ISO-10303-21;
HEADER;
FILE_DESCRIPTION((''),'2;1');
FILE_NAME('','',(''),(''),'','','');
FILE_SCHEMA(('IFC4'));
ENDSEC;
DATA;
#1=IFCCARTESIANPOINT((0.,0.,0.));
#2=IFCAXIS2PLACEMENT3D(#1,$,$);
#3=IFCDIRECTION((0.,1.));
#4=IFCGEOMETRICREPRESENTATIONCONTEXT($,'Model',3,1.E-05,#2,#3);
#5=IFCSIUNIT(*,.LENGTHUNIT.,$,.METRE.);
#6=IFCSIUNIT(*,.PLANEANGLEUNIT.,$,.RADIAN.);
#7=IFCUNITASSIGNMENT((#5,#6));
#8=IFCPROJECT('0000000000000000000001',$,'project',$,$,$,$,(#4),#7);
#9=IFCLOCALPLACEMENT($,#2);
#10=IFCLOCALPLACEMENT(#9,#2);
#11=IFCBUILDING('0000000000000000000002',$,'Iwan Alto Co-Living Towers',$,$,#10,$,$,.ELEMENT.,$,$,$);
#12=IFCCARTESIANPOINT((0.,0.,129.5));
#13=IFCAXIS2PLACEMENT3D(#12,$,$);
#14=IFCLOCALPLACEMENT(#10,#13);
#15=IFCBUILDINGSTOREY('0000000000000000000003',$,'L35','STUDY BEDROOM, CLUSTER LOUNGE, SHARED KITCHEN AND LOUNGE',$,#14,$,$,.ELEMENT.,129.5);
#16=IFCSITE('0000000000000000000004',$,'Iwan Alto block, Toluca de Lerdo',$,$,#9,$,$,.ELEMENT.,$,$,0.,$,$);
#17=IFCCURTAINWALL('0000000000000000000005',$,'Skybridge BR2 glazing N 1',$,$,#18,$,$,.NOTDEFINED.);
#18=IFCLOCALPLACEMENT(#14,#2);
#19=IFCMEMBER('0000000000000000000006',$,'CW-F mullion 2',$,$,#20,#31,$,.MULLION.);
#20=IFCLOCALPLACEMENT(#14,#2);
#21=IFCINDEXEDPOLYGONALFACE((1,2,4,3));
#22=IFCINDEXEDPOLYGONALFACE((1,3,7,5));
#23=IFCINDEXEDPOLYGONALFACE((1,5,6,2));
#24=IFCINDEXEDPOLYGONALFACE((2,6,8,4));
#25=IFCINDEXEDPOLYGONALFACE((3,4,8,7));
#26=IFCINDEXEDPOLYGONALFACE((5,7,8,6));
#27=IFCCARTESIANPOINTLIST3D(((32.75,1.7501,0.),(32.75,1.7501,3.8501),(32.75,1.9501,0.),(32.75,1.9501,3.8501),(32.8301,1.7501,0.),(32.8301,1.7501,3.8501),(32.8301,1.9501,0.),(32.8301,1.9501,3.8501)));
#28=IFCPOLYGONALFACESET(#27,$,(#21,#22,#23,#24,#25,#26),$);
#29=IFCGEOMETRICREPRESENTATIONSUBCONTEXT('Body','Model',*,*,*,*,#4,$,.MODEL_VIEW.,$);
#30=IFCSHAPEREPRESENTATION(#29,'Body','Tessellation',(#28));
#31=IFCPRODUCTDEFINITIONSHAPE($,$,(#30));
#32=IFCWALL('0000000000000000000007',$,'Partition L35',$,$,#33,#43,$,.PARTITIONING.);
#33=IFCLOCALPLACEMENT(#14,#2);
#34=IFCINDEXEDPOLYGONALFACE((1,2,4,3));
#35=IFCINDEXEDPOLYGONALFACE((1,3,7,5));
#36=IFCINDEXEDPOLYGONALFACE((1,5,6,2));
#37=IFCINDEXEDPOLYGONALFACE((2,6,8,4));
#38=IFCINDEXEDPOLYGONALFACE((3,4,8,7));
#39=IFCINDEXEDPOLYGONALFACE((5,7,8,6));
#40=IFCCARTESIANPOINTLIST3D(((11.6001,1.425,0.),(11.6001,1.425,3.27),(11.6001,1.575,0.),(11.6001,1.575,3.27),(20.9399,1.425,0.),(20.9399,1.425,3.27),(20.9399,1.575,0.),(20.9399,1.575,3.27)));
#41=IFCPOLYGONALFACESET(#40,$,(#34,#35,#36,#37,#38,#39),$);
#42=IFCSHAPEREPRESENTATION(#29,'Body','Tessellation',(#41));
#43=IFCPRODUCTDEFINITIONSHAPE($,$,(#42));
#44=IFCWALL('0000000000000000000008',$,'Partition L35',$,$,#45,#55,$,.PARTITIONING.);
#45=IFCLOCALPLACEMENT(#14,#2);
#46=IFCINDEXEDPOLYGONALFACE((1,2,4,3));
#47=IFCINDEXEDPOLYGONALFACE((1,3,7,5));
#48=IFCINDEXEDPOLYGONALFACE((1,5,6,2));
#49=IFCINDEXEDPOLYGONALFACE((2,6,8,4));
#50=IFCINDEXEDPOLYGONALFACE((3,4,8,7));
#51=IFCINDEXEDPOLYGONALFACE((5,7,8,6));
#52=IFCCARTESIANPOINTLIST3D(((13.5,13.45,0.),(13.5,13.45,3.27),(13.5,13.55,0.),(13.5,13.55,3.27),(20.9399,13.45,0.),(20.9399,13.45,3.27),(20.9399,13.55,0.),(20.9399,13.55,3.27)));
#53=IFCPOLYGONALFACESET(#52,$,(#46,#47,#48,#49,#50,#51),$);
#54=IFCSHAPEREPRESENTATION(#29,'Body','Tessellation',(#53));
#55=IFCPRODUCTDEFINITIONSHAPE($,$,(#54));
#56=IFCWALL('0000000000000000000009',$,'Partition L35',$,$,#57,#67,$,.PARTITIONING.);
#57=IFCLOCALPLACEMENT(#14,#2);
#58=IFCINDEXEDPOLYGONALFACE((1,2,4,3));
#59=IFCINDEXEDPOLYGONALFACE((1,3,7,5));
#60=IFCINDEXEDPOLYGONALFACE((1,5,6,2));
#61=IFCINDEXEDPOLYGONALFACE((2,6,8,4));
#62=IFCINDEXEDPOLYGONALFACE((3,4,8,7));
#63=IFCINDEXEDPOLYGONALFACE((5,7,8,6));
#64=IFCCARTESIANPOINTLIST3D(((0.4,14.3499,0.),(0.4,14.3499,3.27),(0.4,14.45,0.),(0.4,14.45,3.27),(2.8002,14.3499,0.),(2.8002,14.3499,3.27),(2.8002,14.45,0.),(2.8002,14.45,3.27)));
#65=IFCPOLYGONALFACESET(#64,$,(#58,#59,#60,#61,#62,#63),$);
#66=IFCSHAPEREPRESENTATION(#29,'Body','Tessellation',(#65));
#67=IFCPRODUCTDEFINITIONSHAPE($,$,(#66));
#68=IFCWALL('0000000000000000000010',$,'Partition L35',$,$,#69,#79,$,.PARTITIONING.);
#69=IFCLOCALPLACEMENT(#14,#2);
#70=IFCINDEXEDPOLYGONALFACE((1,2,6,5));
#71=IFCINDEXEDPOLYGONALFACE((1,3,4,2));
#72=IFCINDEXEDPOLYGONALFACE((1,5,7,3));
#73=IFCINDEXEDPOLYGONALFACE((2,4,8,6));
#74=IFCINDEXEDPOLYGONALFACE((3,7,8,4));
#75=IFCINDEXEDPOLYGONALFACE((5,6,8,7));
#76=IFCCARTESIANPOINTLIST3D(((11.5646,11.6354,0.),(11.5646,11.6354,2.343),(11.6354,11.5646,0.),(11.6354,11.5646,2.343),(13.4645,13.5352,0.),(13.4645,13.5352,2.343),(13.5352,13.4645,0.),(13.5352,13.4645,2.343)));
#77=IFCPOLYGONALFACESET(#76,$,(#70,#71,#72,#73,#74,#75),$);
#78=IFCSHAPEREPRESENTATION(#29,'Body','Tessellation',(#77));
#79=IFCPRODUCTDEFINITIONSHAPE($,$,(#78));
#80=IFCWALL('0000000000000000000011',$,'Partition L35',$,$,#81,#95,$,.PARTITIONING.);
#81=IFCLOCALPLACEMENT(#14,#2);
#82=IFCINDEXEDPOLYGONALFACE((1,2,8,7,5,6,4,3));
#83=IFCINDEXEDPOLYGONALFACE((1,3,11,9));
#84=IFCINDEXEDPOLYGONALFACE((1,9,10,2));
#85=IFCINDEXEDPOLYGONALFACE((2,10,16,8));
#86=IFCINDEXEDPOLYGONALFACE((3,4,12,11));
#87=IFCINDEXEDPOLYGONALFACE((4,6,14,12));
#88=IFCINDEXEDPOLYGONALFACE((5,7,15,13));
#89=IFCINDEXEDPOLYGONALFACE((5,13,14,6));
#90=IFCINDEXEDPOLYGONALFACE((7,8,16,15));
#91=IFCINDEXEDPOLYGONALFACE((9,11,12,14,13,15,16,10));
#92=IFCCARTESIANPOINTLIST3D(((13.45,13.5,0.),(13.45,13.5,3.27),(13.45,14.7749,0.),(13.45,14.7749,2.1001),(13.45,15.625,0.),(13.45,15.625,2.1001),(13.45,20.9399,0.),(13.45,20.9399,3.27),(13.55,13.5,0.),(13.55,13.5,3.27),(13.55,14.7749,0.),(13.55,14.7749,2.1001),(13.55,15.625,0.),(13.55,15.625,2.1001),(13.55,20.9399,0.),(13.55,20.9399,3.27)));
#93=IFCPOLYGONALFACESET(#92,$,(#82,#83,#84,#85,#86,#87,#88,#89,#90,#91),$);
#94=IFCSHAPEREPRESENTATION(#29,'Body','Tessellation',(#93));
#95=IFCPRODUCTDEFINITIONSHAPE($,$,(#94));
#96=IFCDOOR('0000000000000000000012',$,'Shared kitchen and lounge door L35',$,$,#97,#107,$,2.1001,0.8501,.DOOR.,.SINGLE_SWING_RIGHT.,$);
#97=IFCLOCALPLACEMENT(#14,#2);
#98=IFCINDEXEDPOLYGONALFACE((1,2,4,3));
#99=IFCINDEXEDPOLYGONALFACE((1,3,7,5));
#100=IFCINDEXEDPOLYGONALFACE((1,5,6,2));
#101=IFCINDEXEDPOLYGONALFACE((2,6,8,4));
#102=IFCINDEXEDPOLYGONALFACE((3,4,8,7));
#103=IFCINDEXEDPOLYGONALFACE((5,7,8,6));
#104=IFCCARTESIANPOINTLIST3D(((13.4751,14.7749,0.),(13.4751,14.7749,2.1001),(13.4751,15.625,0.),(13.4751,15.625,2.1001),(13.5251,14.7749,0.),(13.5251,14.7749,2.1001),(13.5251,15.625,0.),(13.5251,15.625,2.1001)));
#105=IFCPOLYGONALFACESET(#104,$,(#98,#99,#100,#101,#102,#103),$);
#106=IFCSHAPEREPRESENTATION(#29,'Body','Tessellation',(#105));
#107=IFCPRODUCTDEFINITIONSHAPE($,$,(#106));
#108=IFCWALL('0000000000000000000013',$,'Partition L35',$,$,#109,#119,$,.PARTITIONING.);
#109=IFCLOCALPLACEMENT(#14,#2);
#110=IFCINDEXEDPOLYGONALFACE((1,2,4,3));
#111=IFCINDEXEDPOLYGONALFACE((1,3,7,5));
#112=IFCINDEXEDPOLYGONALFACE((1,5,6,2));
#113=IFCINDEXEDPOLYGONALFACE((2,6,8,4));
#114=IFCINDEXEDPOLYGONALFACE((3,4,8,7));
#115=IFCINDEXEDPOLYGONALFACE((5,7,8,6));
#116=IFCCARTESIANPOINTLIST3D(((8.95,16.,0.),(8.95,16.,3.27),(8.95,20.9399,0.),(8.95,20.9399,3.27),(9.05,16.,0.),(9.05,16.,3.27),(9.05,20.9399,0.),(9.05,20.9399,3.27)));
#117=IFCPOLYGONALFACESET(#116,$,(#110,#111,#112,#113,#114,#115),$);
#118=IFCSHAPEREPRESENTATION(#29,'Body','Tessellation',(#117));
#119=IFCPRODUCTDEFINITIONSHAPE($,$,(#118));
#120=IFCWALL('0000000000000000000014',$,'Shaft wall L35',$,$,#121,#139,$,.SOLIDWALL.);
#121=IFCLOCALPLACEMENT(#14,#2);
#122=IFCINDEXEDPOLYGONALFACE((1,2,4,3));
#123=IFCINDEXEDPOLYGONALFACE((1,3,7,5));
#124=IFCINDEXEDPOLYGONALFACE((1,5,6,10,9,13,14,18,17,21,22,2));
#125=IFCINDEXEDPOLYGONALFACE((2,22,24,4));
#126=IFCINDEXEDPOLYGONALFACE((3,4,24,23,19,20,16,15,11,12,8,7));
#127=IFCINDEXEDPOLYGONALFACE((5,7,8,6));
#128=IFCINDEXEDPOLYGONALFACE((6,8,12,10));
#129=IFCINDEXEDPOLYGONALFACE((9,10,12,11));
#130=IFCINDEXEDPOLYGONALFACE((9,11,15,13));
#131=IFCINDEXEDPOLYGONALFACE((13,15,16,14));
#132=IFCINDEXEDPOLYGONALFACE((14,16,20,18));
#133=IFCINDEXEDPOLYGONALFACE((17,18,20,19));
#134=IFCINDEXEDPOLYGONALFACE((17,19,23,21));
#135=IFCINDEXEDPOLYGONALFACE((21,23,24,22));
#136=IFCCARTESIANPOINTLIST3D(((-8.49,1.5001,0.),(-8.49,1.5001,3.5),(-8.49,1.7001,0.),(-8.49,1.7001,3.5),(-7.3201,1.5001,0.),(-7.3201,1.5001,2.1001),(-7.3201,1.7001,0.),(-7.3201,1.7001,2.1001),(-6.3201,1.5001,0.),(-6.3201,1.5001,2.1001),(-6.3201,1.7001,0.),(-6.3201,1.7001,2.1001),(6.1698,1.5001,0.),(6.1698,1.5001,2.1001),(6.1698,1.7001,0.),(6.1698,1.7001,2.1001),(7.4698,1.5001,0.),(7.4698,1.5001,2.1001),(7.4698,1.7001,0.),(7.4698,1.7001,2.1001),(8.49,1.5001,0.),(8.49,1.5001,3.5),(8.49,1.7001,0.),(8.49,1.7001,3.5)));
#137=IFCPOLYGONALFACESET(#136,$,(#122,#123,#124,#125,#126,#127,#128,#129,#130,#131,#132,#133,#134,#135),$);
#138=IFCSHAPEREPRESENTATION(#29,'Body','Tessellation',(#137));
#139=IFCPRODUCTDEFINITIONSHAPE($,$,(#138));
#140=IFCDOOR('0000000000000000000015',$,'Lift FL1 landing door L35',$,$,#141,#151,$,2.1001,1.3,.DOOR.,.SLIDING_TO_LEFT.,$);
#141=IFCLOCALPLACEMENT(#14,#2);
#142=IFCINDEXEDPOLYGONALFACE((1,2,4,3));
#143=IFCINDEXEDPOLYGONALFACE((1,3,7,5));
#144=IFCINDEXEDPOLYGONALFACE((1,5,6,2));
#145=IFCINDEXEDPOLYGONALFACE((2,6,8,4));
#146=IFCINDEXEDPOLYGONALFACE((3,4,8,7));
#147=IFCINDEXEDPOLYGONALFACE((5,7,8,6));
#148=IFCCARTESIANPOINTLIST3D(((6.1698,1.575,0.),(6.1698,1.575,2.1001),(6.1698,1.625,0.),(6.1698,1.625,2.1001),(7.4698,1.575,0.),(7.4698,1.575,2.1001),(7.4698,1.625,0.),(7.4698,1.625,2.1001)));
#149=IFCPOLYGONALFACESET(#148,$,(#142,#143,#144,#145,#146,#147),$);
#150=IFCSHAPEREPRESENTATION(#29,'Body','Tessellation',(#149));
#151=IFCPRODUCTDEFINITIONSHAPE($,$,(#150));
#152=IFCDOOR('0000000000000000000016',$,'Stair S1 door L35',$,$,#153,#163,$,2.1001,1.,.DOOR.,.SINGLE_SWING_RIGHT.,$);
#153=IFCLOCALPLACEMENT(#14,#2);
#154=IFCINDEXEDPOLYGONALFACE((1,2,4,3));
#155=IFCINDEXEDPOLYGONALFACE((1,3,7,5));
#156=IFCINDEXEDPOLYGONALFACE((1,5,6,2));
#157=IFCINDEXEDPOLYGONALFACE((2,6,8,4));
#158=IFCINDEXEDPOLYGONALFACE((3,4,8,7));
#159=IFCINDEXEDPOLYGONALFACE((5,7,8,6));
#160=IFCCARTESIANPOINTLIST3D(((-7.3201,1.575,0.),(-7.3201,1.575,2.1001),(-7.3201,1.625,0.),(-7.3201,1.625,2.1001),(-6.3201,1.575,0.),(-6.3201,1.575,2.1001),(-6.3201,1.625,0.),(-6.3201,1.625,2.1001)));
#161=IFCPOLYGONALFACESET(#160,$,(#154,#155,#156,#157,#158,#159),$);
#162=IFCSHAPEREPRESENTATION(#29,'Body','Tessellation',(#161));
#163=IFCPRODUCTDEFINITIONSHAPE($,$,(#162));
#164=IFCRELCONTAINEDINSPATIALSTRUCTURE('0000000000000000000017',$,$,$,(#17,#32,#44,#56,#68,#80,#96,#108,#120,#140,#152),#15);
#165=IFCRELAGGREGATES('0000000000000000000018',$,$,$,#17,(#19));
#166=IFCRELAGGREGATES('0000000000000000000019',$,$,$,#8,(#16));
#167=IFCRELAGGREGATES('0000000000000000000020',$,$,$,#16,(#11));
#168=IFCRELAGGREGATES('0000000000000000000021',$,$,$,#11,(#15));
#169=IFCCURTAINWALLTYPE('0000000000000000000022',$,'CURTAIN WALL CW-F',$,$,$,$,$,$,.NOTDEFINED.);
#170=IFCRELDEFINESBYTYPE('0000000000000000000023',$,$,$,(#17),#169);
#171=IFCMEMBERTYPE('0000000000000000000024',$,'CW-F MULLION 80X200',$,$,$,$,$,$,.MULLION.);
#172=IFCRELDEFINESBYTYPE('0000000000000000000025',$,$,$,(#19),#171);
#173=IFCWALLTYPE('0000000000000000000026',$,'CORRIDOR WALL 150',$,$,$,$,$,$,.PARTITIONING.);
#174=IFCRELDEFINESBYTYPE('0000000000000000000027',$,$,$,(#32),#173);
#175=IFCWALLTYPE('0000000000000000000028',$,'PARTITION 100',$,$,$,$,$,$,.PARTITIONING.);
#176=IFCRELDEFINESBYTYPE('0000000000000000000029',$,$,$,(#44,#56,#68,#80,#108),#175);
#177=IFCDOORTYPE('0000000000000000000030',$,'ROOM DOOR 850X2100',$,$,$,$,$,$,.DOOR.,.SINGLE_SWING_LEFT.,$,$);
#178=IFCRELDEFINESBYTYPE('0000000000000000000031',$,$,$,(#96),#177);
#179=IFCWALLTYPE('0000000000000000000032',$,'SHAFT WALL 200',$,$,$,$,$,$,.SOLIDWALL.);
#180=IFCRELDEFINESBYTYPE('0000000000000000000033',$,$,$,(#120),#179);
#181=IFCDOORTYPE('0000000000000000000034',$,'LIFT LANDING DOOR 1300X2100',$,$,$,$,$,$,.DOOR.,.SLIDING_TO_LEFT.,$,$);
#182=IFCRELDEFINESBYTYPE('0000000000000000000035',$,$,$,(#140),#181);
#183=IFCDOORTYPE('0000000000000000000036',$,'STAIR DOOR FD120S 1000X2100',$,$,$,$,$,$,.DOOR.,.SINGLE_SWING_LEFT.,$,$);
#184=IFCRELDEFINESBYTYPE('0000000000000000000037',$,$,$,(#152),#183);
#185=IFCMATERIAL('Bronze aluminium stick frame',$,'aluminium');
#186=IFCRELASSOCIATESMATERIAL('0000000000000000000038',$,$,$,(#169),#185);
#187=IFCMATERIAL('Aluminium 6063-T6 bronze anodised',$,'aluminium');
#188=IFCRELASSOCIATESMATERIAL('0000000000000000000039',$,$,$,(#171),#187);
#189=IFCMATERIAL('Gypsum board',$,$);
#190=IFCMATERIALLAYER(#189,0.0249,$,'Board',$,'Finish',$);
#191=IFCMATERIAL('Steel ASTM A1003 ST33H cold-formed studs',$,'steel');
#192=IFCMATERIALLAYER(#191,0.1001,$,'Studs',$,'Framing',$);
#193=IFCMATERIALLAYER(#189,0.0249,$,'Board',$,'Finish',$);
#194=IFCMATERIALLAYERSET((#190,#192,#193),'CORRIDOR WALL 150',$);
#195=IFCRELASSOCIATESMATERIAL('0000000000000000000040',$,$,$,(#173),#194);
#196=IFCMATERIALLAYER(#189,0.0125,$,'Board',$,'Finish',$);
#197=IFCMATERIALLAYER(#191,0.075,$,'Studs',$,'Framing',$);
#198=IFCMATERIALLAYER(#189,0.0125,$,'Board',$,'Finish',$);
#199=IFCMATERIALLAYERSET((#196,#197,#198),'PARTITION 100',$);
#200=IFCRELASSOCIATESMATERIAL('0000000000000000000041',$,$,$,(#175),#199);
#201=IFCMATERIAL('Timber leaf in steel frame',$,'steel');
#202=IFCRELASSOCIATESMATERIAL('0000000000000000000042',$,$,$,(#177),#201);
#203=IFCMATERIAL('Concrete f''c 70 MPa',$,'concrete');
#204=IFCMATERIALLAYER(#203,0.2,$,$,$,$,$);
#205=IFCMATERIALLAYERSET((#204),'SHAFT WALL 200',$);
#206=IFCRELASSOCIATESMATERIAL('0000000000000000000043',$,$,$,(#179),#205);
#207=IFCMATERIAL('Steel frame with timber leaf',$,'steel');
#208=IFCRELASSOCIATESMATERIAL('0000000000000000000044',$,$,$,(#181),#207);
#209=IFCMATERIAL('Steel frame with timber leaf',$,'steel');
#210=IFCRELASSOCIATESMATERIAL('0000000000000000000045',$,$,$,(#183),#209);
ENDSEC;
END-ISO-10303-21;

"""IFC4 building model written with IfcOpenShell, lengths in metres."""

from ifc_helpers import new_model, si_unit, direction, frame, frame_2d, origin, origin_2d, place, context, subcontext, project, spatial, rectangle, extrude, material, layer, layer_set, material_profile, profile_set, type_object, element, fill, aggregate, save


model = new_model("IFC4")

# Units and contexts
model_context = context("Model", 3, precision=1e-05, world=origin(), true_north=direction((0.0, 1.0)))
body_context = subcontext(model_context, "Body", "Model", "MODEL_VIEW")
ifc_project = project(units=[si_unit("LENGTHUNIT", "METRE"), si_unit("PLANEANGLEUNIT", "RADIAN")], contexts=[model_context])

# Site, building, storey
site_placement = place(None, origin())
site = spatial("IfcSite", under=ifc_project, at=site_placement, Name="Iwan Alto block, Toluca de Lerdo", CompositionType="ELEMENT", RefElevation=0.0)
building_placement = place(site_placement, origin())
building = spatial("IfcBuilding", under=site, at=building_placement, Name="Iwan Alto Co-Living Towers", CompositionType="ELEMENT")
storey_placement = place(building_placement, frame((0.0, 0.0, 129.5)))
storey = spatial("IfcBuildingStorey", under=building, at=storey_placement, Name="L35", Description="STUDY BEDROOM, CLUSTER LOUNGE, SHARED KITCHEN AND LOUNGE", CompositionType="ELEMENT", Elevation=129.5)

# Curtain wall, member
ifc_material_1 = material(Name="Bronze aluminium stick frame", Category="aluminium")
curtain_wall_type = type_object("IfcCurtainWallType", Name="CURTAIN WALL CW-F", PredefinedType="NOTDEFINED", material=ifc_material_1)
curtain_wall_placement = place(storey_placement, origin())
curtain_wall = element("IfcCurtainWall", 1, at=curtain_wall_placement, inside=storey, type_object=curtain_wall_type, Name="Skybridge BR2 glazing N 1", PredefinedType="NOTDEFINED")
ifc_material_2 = material(Name="Aluminium 6063-T6 bronze anodised", Category="aluminium")
ifc_material_profile = material_profile(ifc_material_2, rectangle(XDim=0.2, YDim=0.0801, at=origin_2d()), Name="AL 80X200")
ifc_profile_set = profile_set([ifc_material_profile], Name="Aluminium 6063-T6 bronze anodised")
member_type = type_object("IfcMemberType", Name="CW-F MULLION 80X200", PredefinedType="MULLION", material=ifc_profile_set)
member_placement = place(storey_placement, frame((32.79, 1.8501, 0.0), z_axis=(0.0, 0.0, 1.0), x_axis=(0.0, -1.0, 0.0)))
member = element("IfcMember", 2, at=member_placement, type_object=member_type, Name="CW-F mullion 2", PredefinedType="MULLION", context=body_context, shape_type="SweptSolid", body=[
    extrude(rectangle(XDim=0.2, YDim=0.0801, at=origin_2d()), origin(), (0.0, 0.0, 1.0), 3.8501),
])
aggregate(curtain_wall, [member])

# Walls
ifc_material_3 = material(Name="Gypsum board")
ifc_layer_1 = layer(ifc_material_3, 0.0249, Name="Board", Category="Finish")
ifc_material_4 = material(Name="Steel ASTM A1003 ST33H cold-formed studs", Category="steel")
ifc_layer_2 = layer(ifc_material_4, 0.1001, Name="Studs", Category="Framing")
ifc_layer_3 = layer(ifc_material_3, 0.0249, Name="Board", Category="Finish")
ifc_layer_set_1 = layer_set([ifc_layer_1, ifc_layer_2, ifc_layer_3], Name="CORRIDOR WALL 150")
wall_type_1 = type_object("IfcWallType", Name="CORRIDOR WALL 150", PredefinedType="PARTITIONING", material=ifc_layer_set_1)
wall_1_placement = place(storey_placement, frame((11.6001, 1.5, 0.0), z_axis=(0.0, 0.0, 1.0), x_axis=(1.0, 0.0, 0.0)))
element("IfcWall", 3, at=wall_1_placement, inside=storey, type_object=wall_type_1, Name="Partition L35", PredefinedType="PARTITIONING", context=body_context, shape_type="SweptSolid", body=[
    extrude(rectangle(XDim=9.3398, YDim=0.1499, at=frame_2d((4.6699, 0.0))), origin(), (0.0, 0.0, 1.0), 3.27),
])
ifc_layer_4 = layer(ifc_material_3, 0.0125, Name="Board", Category="Finish")
ifc_layer_5 = layer(ifc_material_4, 0.075, Name="Studs", Category="Framing")
ifc_layer_6 = layer(ifc_material_3, 0.0125, Name="Board", Category="Finish")
ifc_layer_set_2 = layer_set([ifc_layer_4, ifc_layer_5, ifc_layer_6], Name="PARTITION 100")
wall_type_2 = type_object("IfcWallType", Name="PARTITION 100", PredefinedType="PARTITIONING", material=ifc_layer_set_2)
wall_2_placement = place(storey_placement, frame((13.5, 13.5, 0.0), z_axis=(0.0, 0.0, 1.0), x_axis=(1.0, 0.0, 0.0)))
element("IfcWall", 4, at=wall_2_placement, inside=storey, type_object=wall_type_2, Name="Partition L35", PredefinedType="PARTITIONING", context=body_context, shape_type="SweptSolid", body=[
    extrude(rectangle(XDim=7.4399, YDim=0.1001, at=frame_2d((3.72, 0.0))), origin(), (0.0, 0.0, 1.0), 3.27),
])
wall_3_placement = place(storey_placement, frame((0.3999, 14.3999, 0.0), z_axis=(0.0, 0.0, 1.0), x_axis=(1.0, 0.0, 0.0)))
element("IfcWall", 5, at=wall_3_placement, inside=storey, type_object=wall_type_2, Name="Partition L35", PredefinedType="PARTITIONING", context=body_context, shape_type="SweptSolid", body=[
    extrude(rectangle(XDim=2.4001, YDim=0.1001, at=frame_2d((1.2002, 0.0))), origin(), (0.0, 0.0, 1.0), 3.27),
])
wall_4_placement = place(storey_placement, frame((11.6001, 11.6001, 0.0), z_axis=(0.0, 0.0, 1.0), x_axis=(0.707107, 0.707107, 0.0)))
element("IfcWall", 6, at=wall_4_placement, inside=storey, type_object=wall_type_2, Name="Partition L35", PredefinedType="PARTITIONING", context=body_context, shape_type="SweptSolid", body=[
    extrude(rectangle(XDim=2.6868, YDim=0.1001, at=frame_2d((1.3433, 0.0))), origin(), (0.0, 0.0, 1.0), 2.343),
])

# Wall, opening, door
wall_5_placement = place(storey_placement, frame((13.5, 13.5, 0.0), z_axis=(0.0, 0.0, 1.0), x_axis=(0.0, 1.0, 0.0)))
wall_5 = element("IfcWall", 7, at=wall_5_placement, inside=storey, type_object=wall_type_2, Name="Partition L35", PredefinedType="PARTITIONING", context=body_context, shape_type="SweptSolid", body=[
    extrude(rectangle(XDim=7.4399, YDim=0.1001, at=frame_2d((3.72, 0.0))), origin(), (0.0, 0.0, 1.0), 3.27),
])
opening_1_placement = place(wall_5_placement, frame((1.2749, 0.0, 0.0)))
opening_1 = element("IfcOpeningElement", 8, at=opening_1_placement, cuts=wall_5, PredefinedType="OPENING", context=body_context, shape_type="SweptSolid", body=[
    extrude(rectangle(XDim=0.8501, YDim=2.1001, at=frame_2d((0.425, 1.05))), frame((0.0, 0.0601, 0.0), z_axis=(0.0, -1.0, 0.0), x_axis=(1.0, 0.0, 0.0)), (0.0, 0.0, 1.0), 0.1201),
])
ifc_material_5 = material(Name="Timber leaf in steel frame", Category="steel")
door_type_1 = type_object("IfcDoorType", Name="ROOM DOOR 850X2100", OperationType="SINGLE_SWING_LEFT", PredefinedType="DOOR", material=ifc_material_5)
door_1_placement = place(opening_1_placement, origin())
door_1 = element("IfcDoor", 9, at=door_1_placement, inside=storey, type_object=door_type_1, Name="Shared kitchen and lounge door L35", OperationType="SINGLE_SWING_RIGHT", OverallHeight=2.1001, OverallWidth=0.8501, PredefinedType="DOOR", context=body_context, shape_type="SweptSolid", body=[
    extrude(rectangle(XDim=0.8501, YDim=2.1001, at=frame_2d((0.425, 1.05))), frame((0.0, 0.0249, 0.0), z_axis=(0.0, -1.0, 0.0), x_axis=(1.0, 0.0, 0.0)), (0.0, 0.0, 1.0), 0.05),
])
fill(opening_1, door_1)

# Wall
wall_6_placement = place(storey_placement, frame((9.0, 16.0, 0.0), z_axis=(0.0, 0.0, 1.0), x_axis=(0.0, 1.0, 0.0)))
element("IfcWall", 10, at=wall_6_placement, inside=storey, type_object=wall_type_2, Name="Partition L35", PredefinedType="PARTITIONING", context=body_context, shape_type="SweptSolid", body=[
    extrude(rectangle(XDim=4.9399, YDim=0.1001, at=frame_2d((2.47, 0.0))), origin(), (0.0, 0.0, 1.0), 3.27),
])

# Wall, openings, doors
ifc_material_6 = material(Name="Concrete f'c 70 MPa", Category="concrete")
ifc_layer_7 = layer(ifc_material_6, 0.2)
ifc_layer_set_3 = layer_set([ifc_layer_7], Name="SHAFT WALL 200")
wall_type_3 = type_object("IfcWallType", Name="SHAFT WALL 200", PredefinedType="SOLIDWALL", material=ifc_layer_set_3)
wall_7_placement = place(storey_placement, frame((-8.49, 1.6001, 0.0), z_axis=(0.0, 0.0, 1.0), x_axis=(1.0, 0.0, 0.0)))
wall_7 = element("IfcWall", 11, at=wall_7_placement, inside=storey, type_object=wall_type_3, Name="Shaft wall L35", PredefinedType="SOLIDWALL", context=body_context, shape_type="SweptSolid", body=[
    extrude(rectangle(XDim=16.98, YDim=0.2, at=frame_2d((8.49, 0.0))), origin(), (0.0, 0.0, 1.0), 3.5),
])
opening_2_placement = place(wall_7_placement, frame((1.1699, 0.0, 0.0)))
opening_2 = element("IfcOpeningElement", 12, at=opening_2_placement, cuts=wall_7, PredefinedType="OPENING", context=body_context, shape_type="SweptSolid", body=[
    extrude(rectangle(XDim=1.0, YDim=2.1001, at=frame_2d((0.5, 1.05))), frame((0.0, 0.1099, 0.0), z_axis=(0.0, -1.0, 0.0), x_axis=(1.0, 0.0, 0.0)), (0.0, 0.0, 1.0), 0.22),
])
opening_3_placement = place(wall_7_placement, frame((14.6599, 0.0, 0.0)))
opening_3 = element("IfcOpeningElement", 13, at=opening_3_placement, cuts=wall_7, PredefinedType="OPENING", context=body_context, shape_type="SweptSolid", body=[
    extrude(rectangle(XDim=1.3, YDim=2.1001, at=frame_2d((0.6499, 1.05))), frame((0.0, 0.1099, 0.0), z_axis=(0.0, -1.0, 0.0), x_axis=(1.0, 0.0, 0.0)), (0.0, 0.0, 1.0), 0.22),
])
ifc_material_7 = material(Name="Steel frame with timber leaf", Category="steel")
door_type_2 = type_object("IfcDoorType", Name="LIFT LANDING DOOR 1300X2100", OperationType="SLIDING_TO_LEFT", PredefinedType="DOOR", material=ifc_material_7)
door_2_placement = place(opening_3_placement, origin())
door_2 = element("IfcDoor", 14, at=door_2_placement, inside=storey, type_object=door_type_2, Name="Lift FL1 landing door L35", OperationType="SLIDING_TO_LEFT", OverallHeight=2.1001, OverallWidth=1.3, PredefinedType="DOOR", context=body_context, shape_type="SweptSolid", body=[
    extrude(rectangle(XDim=1.3, YDim=2.1001, at=frame_2d((0.6499, 1.05))), frame((0.0, 0.0249, 0.0), z_axis=(0.0, -1.0, 0.0), x_axis=(1.0, 0.0, 0.0)), (0.0, 0.0, 1.0), 0.05),
])
fill(opening_3, door_2)
ifc_material_8 = material(Name="Steel frame with timber leaf", Category="steel")
door_type_3 = type_object("IfcDoorType", Name="STAIR DOOR FD120S 1000X2100", OperationType="SINGLE_SWING_LEFT", PredefinedType="DOOR", material=ifc_material_8)
door_3_placement = place(opening_2_placement, origin())
door_3 = element("IfcDoor", 15, at=door_3_placement, inside=storey, type_object=door_type_3, Name="Stair S1 door L35", OperationType="SINGLE_SWING_RIGHT", OverallHeight=2.1001, OverallWidth=1.0, PredefinedType="DOOR", context=body_context, shape_type="SweptSolid", body=[
    extrude(rectangle(XDim=1.0, YDim=2.1001, at=frame_2d((0.5, 1.05))), frame((0.0, 0.0249, 0.0), z_axis=(0.0, -1.0, 0.0), x_axis=(1.0, 0.0, 0.0)), (0.0, 0.0, 1.0), 0.05),
])
fill(opening_2, door_3)

save(model, "model.ifc")
